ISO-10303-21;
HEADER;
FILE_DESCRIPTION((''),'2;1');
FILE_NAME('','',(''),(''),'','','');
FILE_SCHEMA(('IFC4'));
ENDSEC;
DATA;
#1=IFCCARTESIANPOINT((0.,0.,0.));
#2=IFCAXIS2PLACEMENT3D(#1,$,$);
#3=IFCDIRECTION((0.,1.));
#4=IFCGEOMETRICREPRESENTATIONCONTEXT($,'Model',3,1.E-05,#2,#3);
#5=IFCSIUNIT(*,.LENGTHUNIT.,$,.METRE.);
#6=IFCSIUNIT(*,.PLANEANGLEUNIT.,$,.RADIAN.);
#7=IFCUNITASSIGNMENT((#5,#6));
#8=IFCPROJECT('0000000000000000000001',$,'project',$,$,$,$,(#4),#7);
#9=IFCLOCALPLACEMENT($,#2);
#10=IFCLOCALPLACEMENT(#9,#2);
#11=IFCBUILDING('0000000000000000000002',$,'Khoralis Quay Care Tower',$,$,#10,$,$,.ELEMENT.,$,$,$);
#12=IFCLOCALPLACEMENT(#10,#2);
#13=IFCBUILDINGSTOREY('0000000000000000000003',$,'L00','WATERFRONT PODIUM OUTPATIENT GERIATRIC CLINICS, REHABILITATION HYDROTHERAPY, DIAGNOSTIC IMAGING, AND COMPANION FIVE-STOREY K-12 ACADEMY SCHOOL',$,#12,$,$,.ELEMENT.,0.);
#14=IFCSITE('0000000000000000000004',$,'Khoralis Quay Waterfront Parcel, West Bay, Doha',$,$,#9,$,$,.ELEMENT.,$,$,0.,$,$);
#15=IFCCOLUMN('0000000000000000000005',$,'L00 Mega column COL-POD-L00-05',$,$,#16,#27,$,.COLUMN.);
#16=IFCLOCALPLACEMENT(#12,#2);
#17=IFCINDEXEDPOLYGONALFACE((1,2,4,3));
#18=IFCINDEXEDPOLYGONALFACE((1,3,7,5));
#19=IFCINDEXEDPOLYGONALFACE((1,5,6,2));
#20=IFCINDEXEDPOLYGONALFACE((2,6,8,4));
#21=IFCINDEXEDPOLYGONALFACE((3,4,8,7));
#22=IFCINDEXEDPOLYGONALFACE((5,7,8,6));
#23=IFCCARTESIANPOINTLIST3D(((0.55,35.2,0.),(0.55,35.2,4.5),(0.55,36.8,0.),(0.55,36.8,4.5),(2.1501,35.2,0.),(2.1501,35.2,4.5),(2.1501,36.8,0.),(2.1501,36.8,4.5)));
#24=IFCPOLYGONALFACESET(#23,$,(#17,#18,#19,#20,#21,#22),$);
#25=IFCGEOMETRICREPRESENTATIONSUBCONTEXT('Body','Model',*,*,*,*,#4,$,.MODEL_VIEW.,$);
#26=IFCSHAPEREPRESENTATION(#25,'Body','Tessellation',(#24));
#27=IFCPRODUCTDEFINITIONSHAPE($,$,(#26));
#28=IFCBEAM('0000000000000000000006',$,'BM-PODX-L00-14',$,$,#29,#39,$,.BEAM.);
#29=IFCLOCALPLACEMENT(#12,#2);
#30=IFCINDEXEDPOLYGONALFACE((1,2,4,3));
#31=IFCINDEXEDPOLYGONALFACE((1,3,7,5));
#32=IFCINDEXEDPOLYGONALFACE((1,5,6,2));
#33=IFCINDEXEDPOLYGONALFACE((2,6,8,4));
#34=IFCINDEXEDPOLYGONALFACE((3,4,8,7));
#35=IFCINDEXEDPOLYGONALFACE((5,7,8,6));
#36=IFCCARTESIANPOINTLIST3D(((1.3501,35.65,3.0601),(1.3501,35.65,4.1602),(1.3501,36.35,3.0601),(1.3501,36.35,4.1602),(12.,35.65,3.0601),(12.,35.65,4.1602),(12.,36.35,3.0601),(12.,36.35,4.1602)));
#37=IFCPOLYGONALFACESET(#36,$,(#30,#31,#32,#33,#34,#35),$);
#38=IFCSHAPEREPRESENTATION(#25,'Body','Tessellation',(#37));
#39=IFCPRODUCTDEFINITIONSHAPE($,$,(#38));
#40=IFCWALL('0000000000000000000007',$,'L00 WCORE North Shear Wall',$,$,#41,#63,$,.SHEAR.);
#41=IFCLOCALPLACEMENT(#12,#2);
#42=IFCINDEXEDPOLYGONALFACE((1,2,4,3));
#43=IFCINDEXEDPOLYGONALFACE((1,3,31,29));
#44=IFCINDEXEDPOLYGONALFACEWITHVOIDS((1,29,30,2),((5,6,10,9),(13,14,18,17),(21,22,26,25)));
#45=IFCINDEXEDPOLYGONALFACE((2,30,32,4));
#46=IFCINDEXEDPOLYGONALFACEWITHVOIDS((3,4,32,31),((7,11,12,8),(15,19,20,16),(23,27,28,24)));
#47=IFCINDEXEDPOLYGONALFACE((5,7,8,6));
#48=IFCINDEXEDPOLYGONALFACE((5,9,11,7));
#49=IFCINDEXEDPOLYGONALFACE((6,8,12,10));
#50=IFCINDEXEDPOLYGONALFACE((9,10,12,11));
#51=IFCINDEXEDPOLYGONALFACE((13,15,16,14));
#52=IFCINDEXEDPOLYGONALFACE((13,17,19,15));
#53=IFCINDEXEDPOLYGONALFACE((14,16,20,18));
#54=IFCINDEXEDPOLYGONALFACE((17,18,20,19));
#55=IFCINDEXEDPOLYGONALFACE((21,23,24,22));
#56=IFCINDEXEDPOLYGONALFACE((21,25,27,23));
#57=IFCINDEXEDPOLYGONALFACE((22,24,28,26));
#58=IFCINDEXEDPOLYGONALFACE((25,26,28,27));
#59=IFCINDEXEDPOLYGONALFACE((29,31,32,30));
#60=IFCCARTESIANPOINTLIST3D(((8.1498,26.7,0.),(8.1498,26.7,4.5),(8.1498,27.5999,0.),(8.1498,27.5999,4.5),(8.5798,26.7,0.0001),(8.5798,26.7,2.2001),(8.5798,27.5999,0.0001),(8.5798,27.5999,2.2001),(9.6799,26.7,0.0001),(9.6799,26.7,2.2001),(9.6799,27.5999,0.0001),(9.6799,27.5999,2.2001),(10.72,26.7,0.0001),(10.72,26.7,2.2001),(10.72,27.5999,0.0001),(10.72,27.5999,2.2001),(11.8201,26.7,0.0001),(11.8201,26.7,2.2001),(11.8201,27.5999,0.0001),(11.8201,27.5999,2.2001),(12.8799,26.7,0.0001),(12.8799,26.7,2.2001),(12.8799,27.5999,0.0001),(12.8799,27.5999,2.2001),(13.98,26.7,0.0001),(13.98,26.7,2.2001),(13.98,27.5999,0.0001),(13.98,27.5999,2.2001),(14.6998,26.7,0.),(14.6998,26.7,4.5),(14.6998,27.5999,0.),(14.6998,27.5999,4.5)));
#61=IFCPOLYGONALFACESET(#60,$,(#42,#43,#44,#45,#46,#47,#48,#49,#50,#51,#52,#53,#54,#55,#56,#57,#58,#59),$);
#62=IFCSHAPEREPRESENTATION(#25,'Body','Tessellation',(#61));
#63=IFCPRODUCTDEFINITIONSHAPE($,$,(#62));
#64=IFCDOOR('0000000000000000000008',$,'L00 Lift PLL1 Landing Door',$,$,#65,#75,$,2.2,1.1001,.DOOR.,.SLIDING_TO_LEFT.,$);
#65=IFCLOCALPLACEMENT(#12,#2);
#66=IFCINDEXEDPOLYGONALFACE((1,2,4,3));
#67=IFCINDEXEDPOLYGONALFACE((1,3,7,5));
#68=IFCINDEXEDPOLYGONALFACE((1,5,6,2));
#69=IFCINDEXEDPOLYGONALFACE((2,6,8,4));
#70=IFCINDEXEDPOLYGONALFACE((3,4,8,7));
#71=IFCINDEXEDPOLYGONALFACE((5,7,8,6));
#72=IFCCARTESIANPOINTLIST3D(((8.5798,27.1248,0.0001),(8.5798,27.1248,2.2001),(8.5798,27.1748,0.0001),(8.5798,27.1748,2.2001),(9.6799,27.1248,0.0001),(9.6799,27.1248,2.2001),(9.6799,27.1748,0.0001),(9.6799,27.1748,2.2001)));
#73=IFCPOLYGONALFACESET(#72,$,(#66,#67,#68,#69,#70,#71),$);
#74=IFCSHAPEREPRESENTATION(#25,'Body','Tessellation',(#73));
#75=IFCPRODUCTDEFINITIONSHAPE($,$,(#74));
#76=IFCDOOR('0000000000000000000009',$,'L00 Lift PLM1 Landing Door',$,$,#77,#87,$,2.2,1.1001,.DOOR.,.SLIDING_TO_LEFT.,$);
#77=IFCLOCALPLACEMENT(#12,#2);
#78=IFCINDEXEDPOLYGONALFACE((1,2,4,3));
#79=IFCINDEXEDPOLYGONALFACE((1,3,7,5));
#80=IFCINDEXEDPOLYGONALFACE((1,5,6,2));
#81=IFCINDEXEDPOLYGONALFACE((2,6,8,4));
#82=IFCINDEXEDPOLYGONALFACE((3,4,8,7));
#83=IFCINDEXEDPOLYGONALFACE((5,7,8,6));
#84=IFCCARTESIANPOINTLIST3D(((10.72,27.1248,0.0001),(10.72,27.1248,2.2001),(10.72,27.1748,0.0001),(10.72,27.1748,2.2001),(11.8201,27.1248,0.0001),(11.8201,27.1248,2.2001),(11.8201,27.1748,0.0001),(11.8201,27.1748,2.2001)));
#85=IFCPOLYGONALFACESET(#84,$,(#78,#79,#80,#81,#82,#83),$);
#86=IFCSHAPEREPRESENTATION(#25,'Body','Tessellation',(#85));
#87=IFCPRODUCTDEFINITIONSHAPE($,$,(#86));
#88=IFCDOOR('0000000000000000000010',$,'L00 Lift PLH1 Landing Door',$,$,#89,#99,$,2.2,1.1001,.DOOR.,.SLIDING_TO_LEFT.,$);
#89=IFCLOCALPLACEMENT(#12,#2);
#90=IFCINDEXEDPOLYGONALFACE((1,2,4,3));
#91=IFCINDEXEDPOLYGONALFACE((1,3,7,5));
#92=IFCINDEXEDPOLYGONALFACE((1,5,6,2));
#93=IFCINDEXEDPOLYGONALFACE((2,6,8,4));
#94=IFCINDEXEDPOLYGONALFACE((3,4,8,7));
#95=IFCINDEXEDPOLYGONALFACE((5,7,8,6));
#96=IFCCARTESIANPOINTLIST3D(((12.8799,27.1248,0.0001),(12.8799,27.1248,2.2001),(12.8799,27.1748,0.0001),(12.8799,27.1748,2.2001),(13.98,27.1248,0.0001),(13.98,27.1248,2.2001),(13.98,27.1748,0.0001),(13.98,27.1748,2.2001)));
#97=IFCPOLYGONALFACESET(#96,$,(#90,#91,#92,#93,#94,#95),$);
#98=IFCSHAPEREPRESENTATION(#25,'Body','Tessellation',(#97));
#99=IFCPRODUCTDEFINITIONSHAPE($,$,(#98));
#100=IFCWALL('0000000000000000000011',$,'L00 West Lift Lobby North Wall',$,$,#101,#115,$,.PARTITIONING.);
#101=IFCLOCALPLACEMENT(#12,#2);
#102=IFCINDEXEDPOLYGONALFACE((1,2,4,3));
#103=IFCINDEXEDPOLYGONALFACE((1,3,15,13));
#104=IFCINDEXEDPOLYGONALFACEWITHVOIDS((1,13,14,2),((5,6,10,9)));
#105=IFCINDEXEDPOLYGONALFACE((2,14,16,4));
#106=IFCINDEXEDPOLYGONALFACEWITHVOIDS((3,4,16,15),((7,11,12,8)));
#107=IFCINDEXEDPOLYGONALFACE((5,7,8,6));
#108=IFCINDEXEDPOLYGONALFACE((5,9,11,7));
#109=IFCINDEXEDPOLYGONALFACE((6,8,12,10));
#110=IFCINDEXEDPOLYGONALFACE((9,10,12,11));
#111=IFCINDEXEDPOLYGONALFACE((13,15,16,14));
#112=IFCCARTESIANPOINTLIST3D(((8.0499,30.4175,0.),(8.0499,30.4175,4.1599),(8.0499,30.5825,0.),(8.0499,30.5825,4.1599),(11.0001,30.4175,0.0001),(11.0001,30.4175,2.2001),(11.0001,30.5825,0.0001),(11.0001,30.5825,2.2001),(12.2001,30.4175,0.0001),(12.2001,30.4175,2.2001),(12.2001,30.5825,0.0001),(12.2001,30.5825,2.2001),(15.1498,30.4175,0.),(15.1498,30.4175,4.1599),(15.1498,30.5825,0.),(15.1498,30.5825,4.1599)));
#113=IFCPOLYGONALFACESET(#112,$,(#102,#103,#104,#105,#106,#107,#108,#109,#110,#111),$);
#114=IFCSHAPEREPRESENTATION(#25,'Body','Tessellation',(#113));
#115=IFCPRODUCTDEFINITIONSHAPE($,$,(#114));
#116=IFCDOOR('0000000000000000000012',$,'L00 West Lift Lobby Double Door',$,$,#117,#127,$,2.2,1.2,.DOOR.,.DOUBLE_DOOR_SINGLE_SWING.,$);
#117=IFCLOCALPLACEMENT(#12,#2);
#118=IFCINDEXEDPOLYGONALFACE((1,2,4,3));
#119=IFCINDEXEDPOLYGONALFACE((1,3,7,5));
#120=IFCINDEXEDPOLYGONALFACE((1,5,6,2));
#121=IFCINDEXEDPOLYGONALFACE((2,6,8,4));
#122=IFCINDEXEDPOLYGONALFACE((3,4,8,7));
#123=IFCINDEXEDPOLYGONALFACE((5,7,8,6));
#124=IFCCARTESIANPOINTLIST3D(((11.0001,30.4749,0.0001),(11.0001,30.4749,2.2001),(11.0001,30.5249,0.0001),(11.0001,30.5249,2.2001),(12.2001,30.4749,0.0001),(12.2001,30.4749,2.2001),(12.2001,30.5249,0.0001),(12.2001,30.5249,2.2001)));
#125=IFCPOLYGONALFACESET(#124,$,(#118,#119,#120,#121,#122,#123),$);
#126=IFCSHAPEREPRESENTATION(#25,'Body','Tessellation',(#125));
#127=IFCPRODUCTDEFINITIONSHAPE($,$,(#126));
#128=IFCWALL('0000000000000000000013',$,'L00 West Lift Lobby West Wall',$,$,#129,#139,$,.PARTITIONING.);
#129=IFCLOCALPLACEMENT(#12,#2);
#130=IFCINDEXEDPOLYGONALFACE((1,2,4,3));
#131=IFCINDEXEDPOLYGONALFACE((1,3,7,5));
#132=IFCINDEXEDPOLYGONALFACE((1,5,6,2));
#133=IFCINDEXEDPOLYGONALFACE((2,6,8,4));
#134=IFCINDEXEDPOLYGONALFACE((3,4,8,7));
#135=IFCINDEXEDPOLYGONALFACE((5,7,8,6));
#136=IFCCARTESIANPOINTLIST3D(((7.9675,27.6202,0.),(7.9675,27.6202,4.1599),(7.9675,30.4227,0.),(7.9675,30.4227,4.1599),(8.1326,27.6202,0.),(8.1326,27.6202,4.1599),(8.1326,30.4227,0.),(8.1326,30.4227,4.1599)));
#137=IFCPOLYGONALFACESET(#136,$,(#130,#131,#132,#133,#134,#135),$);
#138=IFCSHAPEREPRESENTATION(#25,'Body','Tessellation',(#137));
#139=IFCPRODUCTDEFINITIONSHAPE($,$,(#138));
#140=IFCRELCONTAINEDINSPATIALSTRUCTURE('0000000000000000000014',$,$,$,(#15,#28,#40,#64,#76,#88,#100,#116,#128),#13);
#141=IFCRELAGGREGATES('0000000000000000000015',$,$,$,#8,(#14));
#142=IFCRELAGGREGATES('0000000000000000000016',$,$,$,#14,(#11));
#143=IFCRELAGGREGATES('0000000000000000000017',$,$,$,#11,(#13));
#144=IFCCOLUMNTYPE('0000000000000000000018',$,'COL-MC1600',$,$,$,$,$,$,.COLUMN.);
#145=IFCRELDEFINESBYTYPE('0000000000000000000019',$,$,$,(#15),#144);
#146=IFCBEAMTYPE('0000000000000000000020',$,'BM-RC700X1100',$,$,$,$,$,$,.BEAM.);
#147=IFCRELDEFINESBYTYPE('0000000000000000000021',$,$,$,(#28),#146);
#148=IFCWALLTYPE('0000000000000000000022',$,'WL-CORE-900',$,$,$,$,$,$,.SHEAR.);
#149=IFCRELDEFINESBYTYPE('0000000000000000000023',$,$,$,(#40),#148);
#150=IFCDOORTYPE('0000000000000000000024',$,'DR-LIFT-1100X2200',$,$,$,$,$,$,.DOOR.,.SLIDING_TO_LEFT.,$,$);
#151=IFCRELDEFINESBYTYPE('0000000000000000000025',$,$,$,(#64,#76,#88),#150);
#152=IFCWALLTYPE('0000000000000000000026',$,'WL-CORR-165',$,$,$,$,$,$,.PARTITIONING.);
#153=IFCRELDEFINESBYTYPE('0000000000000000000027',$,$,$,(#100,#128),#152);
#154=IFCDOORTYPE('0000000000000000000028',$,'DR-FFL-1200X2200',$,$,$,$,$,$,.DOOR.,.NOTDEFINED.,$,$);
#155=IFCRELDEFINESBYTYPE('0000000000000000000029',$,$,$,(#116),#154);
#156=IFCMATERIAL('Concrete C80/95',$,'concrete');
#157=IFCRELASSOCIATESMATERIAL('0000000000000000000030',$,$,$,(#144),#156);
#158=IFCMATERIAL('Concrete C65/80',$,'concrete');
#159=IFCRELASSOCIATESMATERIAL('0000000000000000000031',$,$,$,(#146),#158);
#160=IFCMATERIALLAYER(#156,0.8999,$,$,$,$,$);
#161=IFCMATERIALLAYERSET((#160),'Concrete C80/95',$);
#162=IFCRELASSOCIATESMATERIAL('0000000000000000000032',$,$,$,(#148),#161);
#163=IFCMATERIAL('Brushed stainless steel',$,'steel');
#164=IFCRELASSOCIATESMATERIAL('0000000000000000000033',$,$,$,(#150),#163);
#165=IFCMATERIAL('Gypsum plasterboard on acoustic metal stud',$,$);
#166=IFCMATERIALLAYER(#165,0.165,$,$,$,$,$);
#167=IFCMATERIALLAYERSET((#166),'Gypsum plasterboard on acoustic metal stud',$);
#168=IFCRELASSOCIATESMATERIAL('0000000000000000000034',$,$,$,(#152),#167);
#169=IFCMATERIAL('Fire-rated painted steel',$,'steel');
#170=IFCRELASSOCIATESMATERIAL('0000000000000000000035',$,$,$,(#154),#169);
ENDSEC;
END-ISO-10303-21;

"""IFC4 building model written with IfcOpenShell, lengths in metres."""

from ifc_helpers import new_model, si_unit, direction, frame, frame_2d, origin, origin_2d, place, context, subcontext, project, spatial, rectangle, extrude, source, transform, mapped, material, layer, layer_set, material_profile, profile_set, type_object, element, fill, save


model = new_model("IFC4")

# Units and contexts
model_context = context("Model", 3, precision=1e-05, world=origin(), true_north=direction((0.0, 1.0)))
body_context = subcontext(model_context, "Body", "Model", "MODEL_VIEW")
ifc_project = project(units=[si_unit("LENGTHUNIT", "METRE"), si_unit("PLANEANGLEUNIT", "RADIAN")], contexts=[model_context])

# Site, building, storey
site_placement = place(None, origin())
site = spatial("IfcSite", under=ifc_project, at=site_placement, Name="Khoralis Quay Waterfront Parcel, West Bay, Doha", CompositionType="ELEMENT", RefElevation=0.0)
building_placement = place(site_placement, origin())
building = spatial("IfcBuilding", under=site, at=building_placement, Name="Khoralis Quay Care Tower", CompositionType="ELEMENT")
storey_placement = place(building_placement, origin())
storey = spatial("IfcBuildingStorey", under=building, at=storey_placement, Name="L00", Description="WATERFRONT PODIUM OUTPATIENT GERIATRIC CLINICS, REHABILITATION HYDROTHERAPY, DIAGNOSTIC IMAGING, AND COMPANION FIVE-STOREY K-12 ACADEMY SCHOOL", CompositionType="ELEMENT", Elevation=0.0)

# Column
ifc_material_1 = material(Name="Concrete C80/95", Category="concrete")
ifc_material_profile_1 = material_profile(ifc_material_1, rectangle(XDim=1.6001, YDim=1.6001, at=origin_2d()), Name="Concrete C80/95")
ifc_profile_set_1 = profile_set([ifc_material_profile_1], Name="Concrete C80/95")
column_type = type_object("IfcColumnType", Name="COL-MC1600", PredefinedType="COLUMN", material=ifc_profile_set_1)
shared_shape_1 = source(origin(), body_context, "Body", "SweptSolid", [
    extrude(rectangle(XDim=1.6001, YDim=1.6001, at=origin_2d()), origin(), (0.0, 0.0, 1.0), 4.5),
])
column_placement = place(storey_placement, frame((1.3501, 36.0, 0.0), z_axis=(0.0, 0.0, 1.0), x_axis=(1.0, 0.0, 0.0)))
element("IfcColumn", 1, at=column_placement, inside=storey, type_object=column_type, Name="L00 Mega column COL-POD-L00-05", PredefinedType="COLUMN", context=body_context, shape_type="MappedRepresentation", body=[
    mapped(shared_shape_1, transform((0.0, 0.0, 0.0), scale=1.0)),
])

# Beam
ifc_material_2 = material(Name="Concrete C65/80", Category="concrete")
ifc_material_profile_2 = material_profile(ifc_material_2, rectangle(XDim=0.7, YDim=1.1001, at=origin_2d()), Name="Concrete C65/80")
ifc_profile_set_2 = profile_set([ifc_material_profile_2], Name="Concrete C65/80")
beam_type = type_object("IfcBeamType", Name="BM-RC700X1100", PredefinedType="BEAM", material=ifc_profile_set_2)
shared_shape_2 = source(origin(), body_context, "Body", "SweptSolid", [
    extrude(rectangle(XDim=0.7, YDim=1.1001, at=origin_2d()), origin(), (0.0, 0.0, 1.0), 10.6499),
])
beam_placement = place(storey_placement, frame((1.3501, 36.0, 3.6101), z_axis=(1.0, 0.0, 0.0), x_axis=(0.0, 1.0, 0.0)))
element("IfcBeam", 2, at=beam_placement, inside=storey, type_object=beam_type, Name="BM-PODX-L00-14", PredefinedType="BEAM", context=body_context, shape_type="MappedRepresentation", body=[
    mapped(shared_shape_2, transform((0.0, 0.0, 0.0), scale=1.0)),
])

# Wall, openings, doors
ifc_layer_1 = layer(ifc_material_1, 0.8999)
ifc_layer_set_1 = layer_set([ifc_layer_1], Name="Concrete C80/95")
wall_type_1 = type_object("IfcWallType", Name="WL-CORE-900", PredefinedType="SHEAR", material=ifc_layer_set_1)
wall_1_placement = place(storey_placement, frame((8.1499, 27.1499, 0.0), z_axis=(0.0, 0.0, 1.0), x_axis=(1.0, 0.0, 0.0)))
wall_1 = element("IfcWall", 3, at=wall_1_placement, inside=storey, type_object=wall_type_1, Name="L00 WCORE North Shear Wall", PredefinedType="SHEAR", context=body_context, shape_type="SweptSolid", body=[
    extrude(rectangle(XDim=6.55, YDim=0.8999, at=frame_2d((3.2749, 0.0))), origin(), (0.0, 0.0, 1.0), 4.5),
])
opening_1_placement = place(wall_1_placement, frame((0.4299, 0.0, 0.0)))
opening_1 = element("IfcOpeningElement", 4, at=opening_1_placement, cuts=wall_1, PredefinedType="OPENING", context=body_context, shape_type="SweptSolid", body=[
    extrude(rectangle(XDim=1.1001, YDim=2.2, at=frame_2d((0.55, 1.1001))), frame((0.0, 0.46, 0.0), z_axis=(0.0, -1.0, 0.0), x_axis=(1.0, 0.0, 0.0)), (0.0, 0.0, 1.0), 0.9199),
])
opening_2_placement = place(wall_1_placement, frame((2.5701, 0.0, 0.0)))
opening_2 = element("IfcOpeningElement", 5, at=opening_2_placement, cuts=wall_1, PredefinedType="OPENING", context=body_context, shape_type="SweptSolid", body=[
    extrude(rectangle(XDim=1.1001, YDim=2.2, at=frame_2d((0.55, 1.1001))), frame((0.0, 0.46, 0.0), z_axis=(0.0, -1.0, 0.0), x_axis=(1.0, 0.0, 0.0)), (0.0, 0.0, 1.0), 0.9199),
])
opening_3_placement = place(wall_1_placement, frame((4.73, 0.0, 0.0)))
opening_3 = element("IfcOpeningElement", 6, at=opening_3_placement, cuts=wall_1, PredefinedType="OPENING", context=body_context, shape_type="SweptSolid", body=[
    extrude(rectangle(XDim=1.1001, YDim=2.2, at=frame_2d((0.55, 1.1001))), frame((0.0, 0.46, 0.0), z_axis=(0.0, -1.0, 0.0), x_axis=(1.0, 0.0, 0.0)), (0.0, 0.0, 1.0), 0.9199),
])
ifc_material_3 = material(Name="Brushed stainless steel", Category="steel")
door_type_1 = type_object("IfcDoorType", Name="DR-LIFT-1100X2200", OperationType="SLIDING_TO_LEFT", PredefinedType="DOOR", material=ifc_material_3)
shared_shape_3 = source(origin(), body_context, "Body", "SweptSolid", [
    extrude(rectangle(XDim=1.1001, YDim=2.2, at=frame_2d((0.55, 1.1001))), frame((0.0, 0.0249, 0.0), z_axis=(0.0, -1.0, 0.0), x_axis=(1.0, 0.0, 0.0)), (0.0, 0.0, 1.0), 0.05),
])
door_1_placement = place(opening_1_placement, origin())
door_1 = element("IfcDoor", 7, at=door_1_placement, inside=storey, type_object=door_type_1, Name="L00 Lift PLL1 Landing Door", OperationType="SLIDING_TO_LEFT", OverallHeight=2.2, OverallWidth=1.1001, PredefinedType="DOOR", context=body_context, shape_type="MappedRepresentation", body=[
    mapped(shared_shape_3, transform((0.0, 0.0, 0.0), scale=1.0)),
])
fill(opening_1, door_1)
door_2_placement = place(opening_2_placement, origin())
door_2 = element("IfcDoor", 8, at=door_2_placement, inside=storey, type_object=door_type_1, Name="L00 Lift PLM1 Landing Door", OperationType="SLIDING_TO_LEFT", OverallHeight=2.2, OverallWidth=1.1001, PredefinedType="DOOR", context=body_context, shape_type="MappedRepresentation", body=[
    mapped(shared_shape_3, transform((0.0, 0.0, 0.0), scale=1.0)),
])
fill(opening_2, door_2)
door_3_placement = place(opening_3_placement, origin())
door_3 = element("IfcDoor", 9, at=door_3_placement, inside=storey, type_object=door_type_1, Name="L00 Lift PLH1 Landing Door", OperationType="SLIDING_TO_LEFT", OverallHeight=2.2, OverallWidth=1.1001, PredefinedType="DOOR", context=body_context, shape_type="MappedRepresentation", body=[
    mapped(shared_shape_3, transform((0.0, 0.0, 0.0), scale=1.0)),
])
fill(opening_3, door_3)

# Wall, opening, door
ifc_material_4 = material(Name="Gypsum plasterboard on acoustic metal stud")
ifc_layer_2 = layer(ifc_material_4, 0.165)
ifc_layer_set_2 = layer_set([ifc_layer_2], Name="Gypsum plasterboard on acoustic metal stud")
wall_type_2 = type_object("IfcWallType", Name="WL-CORR-165", PredefinedType="PARTITIONING", material=ifc_layer_set_2)
wall_2_placement = place(storey_placement, frame((8.05, 30.5, 0.0), z_axis=(0.0, 0.0, 1.0), x_axis=(1.0, 0.0, 0.0)))
wall_2 = element("IfcWall", 10, at=wall_2_placement, inside=storey, type_object=wall_type_2, Name="L00 West Lift Lobby North Wall", PredefinedType="PARTITIONING", context=body_context, shape_type="SweptSolid", body=[
    extrude(rectangle(XDim=7.0999, YDim=0.165, at=frame_2d((3.5498, 0.0))), origin(), (0.0, 0.0, 1.0), 4.1599),
])
opening_4_placement = place(wall_2_placement, frame((2.95, 0.0, 0.0)))
opening_4 = element("IfcOpeningElement", 11, at=opening_4_placement, cuts=wall_2, PredefinedType="OPENING", context=body_context, shape_type="SweptSolid", body=[
    extrude(rectangle(XDim=1.2, YDim=2.2, at=frame_2d((0.6001, 1.1001))), frame((0.0, 0.0925, 0.0), z_axis=(0.0, -1.0, 0.0), x_axis=(1.0, 0.0, 0.0)), (0.0, 0.0, 1.0), 0.1851),
])
ifc_material_5 = material(Name="Fire-rated painted steel", Category="steel")
door_type_2 = type_object("IfcDoorType", Name="DR-FFL-1200X2200", OperationType="NOTDEFINED", PredefinedType="DOOR", material=ifc_material_5)
shared_shape_4 = source(origin(), body_context, "Body", "SweptSolid", [
    extrude(rectangle(XDim=1.2, YDim=2.2, at=frame_2d((0.6001, 1.1001))), frame((0.0, 0.0249, 0.0), z_axis=(0.0, -1.0, 0.0), x_axis=(1.0, 0.0, 0.0)), (0.0, 0.0, 1.0), 0.05),
])
door_4_placement = place(opening_4_placement, origin())
door_4 = element("IfcDoor", 12, at=door_4_placement, inside=storey, type_object=door_type_2, Name="L00 West Lift Lobby Double Door", OperationType="DOUBLE_DOOR_SINGLE_SWING", OverallHeight=2.2, OverallWidth=1.2, PredefinedType="DOOR", context=body_context, shape_type="MappedRepresentation", body=[
    mapped(shared_shape_4, transform((0.0, 0.0, 0.0), scale=1.0)),
])
fill(opening_4, door_4)

# Wall
wall_3_placement = place(storey_placement, frame((8.05, 27.6201, 0.0), z_axis=(0.0, 0.0, 1.0), x_axis=(0.0, 1.0, 0.0)))
element("IfcWall", 13, at=wall_3_placement, inside=storey, type_object=wall_type_2, Name="L00 West Lift Lobby West Wall", PredefinedType="PARTITIONING", context=body_context, shape_type="SweptSolid", body=[
    extrude(rectangle(XDim=2.8025, YDim=0.165, at=frame_2d((1.4014, 0.0))), origin(), (0.0, 0.0, 1.0), 4.1599),
])

save(model, "model.ifc")
